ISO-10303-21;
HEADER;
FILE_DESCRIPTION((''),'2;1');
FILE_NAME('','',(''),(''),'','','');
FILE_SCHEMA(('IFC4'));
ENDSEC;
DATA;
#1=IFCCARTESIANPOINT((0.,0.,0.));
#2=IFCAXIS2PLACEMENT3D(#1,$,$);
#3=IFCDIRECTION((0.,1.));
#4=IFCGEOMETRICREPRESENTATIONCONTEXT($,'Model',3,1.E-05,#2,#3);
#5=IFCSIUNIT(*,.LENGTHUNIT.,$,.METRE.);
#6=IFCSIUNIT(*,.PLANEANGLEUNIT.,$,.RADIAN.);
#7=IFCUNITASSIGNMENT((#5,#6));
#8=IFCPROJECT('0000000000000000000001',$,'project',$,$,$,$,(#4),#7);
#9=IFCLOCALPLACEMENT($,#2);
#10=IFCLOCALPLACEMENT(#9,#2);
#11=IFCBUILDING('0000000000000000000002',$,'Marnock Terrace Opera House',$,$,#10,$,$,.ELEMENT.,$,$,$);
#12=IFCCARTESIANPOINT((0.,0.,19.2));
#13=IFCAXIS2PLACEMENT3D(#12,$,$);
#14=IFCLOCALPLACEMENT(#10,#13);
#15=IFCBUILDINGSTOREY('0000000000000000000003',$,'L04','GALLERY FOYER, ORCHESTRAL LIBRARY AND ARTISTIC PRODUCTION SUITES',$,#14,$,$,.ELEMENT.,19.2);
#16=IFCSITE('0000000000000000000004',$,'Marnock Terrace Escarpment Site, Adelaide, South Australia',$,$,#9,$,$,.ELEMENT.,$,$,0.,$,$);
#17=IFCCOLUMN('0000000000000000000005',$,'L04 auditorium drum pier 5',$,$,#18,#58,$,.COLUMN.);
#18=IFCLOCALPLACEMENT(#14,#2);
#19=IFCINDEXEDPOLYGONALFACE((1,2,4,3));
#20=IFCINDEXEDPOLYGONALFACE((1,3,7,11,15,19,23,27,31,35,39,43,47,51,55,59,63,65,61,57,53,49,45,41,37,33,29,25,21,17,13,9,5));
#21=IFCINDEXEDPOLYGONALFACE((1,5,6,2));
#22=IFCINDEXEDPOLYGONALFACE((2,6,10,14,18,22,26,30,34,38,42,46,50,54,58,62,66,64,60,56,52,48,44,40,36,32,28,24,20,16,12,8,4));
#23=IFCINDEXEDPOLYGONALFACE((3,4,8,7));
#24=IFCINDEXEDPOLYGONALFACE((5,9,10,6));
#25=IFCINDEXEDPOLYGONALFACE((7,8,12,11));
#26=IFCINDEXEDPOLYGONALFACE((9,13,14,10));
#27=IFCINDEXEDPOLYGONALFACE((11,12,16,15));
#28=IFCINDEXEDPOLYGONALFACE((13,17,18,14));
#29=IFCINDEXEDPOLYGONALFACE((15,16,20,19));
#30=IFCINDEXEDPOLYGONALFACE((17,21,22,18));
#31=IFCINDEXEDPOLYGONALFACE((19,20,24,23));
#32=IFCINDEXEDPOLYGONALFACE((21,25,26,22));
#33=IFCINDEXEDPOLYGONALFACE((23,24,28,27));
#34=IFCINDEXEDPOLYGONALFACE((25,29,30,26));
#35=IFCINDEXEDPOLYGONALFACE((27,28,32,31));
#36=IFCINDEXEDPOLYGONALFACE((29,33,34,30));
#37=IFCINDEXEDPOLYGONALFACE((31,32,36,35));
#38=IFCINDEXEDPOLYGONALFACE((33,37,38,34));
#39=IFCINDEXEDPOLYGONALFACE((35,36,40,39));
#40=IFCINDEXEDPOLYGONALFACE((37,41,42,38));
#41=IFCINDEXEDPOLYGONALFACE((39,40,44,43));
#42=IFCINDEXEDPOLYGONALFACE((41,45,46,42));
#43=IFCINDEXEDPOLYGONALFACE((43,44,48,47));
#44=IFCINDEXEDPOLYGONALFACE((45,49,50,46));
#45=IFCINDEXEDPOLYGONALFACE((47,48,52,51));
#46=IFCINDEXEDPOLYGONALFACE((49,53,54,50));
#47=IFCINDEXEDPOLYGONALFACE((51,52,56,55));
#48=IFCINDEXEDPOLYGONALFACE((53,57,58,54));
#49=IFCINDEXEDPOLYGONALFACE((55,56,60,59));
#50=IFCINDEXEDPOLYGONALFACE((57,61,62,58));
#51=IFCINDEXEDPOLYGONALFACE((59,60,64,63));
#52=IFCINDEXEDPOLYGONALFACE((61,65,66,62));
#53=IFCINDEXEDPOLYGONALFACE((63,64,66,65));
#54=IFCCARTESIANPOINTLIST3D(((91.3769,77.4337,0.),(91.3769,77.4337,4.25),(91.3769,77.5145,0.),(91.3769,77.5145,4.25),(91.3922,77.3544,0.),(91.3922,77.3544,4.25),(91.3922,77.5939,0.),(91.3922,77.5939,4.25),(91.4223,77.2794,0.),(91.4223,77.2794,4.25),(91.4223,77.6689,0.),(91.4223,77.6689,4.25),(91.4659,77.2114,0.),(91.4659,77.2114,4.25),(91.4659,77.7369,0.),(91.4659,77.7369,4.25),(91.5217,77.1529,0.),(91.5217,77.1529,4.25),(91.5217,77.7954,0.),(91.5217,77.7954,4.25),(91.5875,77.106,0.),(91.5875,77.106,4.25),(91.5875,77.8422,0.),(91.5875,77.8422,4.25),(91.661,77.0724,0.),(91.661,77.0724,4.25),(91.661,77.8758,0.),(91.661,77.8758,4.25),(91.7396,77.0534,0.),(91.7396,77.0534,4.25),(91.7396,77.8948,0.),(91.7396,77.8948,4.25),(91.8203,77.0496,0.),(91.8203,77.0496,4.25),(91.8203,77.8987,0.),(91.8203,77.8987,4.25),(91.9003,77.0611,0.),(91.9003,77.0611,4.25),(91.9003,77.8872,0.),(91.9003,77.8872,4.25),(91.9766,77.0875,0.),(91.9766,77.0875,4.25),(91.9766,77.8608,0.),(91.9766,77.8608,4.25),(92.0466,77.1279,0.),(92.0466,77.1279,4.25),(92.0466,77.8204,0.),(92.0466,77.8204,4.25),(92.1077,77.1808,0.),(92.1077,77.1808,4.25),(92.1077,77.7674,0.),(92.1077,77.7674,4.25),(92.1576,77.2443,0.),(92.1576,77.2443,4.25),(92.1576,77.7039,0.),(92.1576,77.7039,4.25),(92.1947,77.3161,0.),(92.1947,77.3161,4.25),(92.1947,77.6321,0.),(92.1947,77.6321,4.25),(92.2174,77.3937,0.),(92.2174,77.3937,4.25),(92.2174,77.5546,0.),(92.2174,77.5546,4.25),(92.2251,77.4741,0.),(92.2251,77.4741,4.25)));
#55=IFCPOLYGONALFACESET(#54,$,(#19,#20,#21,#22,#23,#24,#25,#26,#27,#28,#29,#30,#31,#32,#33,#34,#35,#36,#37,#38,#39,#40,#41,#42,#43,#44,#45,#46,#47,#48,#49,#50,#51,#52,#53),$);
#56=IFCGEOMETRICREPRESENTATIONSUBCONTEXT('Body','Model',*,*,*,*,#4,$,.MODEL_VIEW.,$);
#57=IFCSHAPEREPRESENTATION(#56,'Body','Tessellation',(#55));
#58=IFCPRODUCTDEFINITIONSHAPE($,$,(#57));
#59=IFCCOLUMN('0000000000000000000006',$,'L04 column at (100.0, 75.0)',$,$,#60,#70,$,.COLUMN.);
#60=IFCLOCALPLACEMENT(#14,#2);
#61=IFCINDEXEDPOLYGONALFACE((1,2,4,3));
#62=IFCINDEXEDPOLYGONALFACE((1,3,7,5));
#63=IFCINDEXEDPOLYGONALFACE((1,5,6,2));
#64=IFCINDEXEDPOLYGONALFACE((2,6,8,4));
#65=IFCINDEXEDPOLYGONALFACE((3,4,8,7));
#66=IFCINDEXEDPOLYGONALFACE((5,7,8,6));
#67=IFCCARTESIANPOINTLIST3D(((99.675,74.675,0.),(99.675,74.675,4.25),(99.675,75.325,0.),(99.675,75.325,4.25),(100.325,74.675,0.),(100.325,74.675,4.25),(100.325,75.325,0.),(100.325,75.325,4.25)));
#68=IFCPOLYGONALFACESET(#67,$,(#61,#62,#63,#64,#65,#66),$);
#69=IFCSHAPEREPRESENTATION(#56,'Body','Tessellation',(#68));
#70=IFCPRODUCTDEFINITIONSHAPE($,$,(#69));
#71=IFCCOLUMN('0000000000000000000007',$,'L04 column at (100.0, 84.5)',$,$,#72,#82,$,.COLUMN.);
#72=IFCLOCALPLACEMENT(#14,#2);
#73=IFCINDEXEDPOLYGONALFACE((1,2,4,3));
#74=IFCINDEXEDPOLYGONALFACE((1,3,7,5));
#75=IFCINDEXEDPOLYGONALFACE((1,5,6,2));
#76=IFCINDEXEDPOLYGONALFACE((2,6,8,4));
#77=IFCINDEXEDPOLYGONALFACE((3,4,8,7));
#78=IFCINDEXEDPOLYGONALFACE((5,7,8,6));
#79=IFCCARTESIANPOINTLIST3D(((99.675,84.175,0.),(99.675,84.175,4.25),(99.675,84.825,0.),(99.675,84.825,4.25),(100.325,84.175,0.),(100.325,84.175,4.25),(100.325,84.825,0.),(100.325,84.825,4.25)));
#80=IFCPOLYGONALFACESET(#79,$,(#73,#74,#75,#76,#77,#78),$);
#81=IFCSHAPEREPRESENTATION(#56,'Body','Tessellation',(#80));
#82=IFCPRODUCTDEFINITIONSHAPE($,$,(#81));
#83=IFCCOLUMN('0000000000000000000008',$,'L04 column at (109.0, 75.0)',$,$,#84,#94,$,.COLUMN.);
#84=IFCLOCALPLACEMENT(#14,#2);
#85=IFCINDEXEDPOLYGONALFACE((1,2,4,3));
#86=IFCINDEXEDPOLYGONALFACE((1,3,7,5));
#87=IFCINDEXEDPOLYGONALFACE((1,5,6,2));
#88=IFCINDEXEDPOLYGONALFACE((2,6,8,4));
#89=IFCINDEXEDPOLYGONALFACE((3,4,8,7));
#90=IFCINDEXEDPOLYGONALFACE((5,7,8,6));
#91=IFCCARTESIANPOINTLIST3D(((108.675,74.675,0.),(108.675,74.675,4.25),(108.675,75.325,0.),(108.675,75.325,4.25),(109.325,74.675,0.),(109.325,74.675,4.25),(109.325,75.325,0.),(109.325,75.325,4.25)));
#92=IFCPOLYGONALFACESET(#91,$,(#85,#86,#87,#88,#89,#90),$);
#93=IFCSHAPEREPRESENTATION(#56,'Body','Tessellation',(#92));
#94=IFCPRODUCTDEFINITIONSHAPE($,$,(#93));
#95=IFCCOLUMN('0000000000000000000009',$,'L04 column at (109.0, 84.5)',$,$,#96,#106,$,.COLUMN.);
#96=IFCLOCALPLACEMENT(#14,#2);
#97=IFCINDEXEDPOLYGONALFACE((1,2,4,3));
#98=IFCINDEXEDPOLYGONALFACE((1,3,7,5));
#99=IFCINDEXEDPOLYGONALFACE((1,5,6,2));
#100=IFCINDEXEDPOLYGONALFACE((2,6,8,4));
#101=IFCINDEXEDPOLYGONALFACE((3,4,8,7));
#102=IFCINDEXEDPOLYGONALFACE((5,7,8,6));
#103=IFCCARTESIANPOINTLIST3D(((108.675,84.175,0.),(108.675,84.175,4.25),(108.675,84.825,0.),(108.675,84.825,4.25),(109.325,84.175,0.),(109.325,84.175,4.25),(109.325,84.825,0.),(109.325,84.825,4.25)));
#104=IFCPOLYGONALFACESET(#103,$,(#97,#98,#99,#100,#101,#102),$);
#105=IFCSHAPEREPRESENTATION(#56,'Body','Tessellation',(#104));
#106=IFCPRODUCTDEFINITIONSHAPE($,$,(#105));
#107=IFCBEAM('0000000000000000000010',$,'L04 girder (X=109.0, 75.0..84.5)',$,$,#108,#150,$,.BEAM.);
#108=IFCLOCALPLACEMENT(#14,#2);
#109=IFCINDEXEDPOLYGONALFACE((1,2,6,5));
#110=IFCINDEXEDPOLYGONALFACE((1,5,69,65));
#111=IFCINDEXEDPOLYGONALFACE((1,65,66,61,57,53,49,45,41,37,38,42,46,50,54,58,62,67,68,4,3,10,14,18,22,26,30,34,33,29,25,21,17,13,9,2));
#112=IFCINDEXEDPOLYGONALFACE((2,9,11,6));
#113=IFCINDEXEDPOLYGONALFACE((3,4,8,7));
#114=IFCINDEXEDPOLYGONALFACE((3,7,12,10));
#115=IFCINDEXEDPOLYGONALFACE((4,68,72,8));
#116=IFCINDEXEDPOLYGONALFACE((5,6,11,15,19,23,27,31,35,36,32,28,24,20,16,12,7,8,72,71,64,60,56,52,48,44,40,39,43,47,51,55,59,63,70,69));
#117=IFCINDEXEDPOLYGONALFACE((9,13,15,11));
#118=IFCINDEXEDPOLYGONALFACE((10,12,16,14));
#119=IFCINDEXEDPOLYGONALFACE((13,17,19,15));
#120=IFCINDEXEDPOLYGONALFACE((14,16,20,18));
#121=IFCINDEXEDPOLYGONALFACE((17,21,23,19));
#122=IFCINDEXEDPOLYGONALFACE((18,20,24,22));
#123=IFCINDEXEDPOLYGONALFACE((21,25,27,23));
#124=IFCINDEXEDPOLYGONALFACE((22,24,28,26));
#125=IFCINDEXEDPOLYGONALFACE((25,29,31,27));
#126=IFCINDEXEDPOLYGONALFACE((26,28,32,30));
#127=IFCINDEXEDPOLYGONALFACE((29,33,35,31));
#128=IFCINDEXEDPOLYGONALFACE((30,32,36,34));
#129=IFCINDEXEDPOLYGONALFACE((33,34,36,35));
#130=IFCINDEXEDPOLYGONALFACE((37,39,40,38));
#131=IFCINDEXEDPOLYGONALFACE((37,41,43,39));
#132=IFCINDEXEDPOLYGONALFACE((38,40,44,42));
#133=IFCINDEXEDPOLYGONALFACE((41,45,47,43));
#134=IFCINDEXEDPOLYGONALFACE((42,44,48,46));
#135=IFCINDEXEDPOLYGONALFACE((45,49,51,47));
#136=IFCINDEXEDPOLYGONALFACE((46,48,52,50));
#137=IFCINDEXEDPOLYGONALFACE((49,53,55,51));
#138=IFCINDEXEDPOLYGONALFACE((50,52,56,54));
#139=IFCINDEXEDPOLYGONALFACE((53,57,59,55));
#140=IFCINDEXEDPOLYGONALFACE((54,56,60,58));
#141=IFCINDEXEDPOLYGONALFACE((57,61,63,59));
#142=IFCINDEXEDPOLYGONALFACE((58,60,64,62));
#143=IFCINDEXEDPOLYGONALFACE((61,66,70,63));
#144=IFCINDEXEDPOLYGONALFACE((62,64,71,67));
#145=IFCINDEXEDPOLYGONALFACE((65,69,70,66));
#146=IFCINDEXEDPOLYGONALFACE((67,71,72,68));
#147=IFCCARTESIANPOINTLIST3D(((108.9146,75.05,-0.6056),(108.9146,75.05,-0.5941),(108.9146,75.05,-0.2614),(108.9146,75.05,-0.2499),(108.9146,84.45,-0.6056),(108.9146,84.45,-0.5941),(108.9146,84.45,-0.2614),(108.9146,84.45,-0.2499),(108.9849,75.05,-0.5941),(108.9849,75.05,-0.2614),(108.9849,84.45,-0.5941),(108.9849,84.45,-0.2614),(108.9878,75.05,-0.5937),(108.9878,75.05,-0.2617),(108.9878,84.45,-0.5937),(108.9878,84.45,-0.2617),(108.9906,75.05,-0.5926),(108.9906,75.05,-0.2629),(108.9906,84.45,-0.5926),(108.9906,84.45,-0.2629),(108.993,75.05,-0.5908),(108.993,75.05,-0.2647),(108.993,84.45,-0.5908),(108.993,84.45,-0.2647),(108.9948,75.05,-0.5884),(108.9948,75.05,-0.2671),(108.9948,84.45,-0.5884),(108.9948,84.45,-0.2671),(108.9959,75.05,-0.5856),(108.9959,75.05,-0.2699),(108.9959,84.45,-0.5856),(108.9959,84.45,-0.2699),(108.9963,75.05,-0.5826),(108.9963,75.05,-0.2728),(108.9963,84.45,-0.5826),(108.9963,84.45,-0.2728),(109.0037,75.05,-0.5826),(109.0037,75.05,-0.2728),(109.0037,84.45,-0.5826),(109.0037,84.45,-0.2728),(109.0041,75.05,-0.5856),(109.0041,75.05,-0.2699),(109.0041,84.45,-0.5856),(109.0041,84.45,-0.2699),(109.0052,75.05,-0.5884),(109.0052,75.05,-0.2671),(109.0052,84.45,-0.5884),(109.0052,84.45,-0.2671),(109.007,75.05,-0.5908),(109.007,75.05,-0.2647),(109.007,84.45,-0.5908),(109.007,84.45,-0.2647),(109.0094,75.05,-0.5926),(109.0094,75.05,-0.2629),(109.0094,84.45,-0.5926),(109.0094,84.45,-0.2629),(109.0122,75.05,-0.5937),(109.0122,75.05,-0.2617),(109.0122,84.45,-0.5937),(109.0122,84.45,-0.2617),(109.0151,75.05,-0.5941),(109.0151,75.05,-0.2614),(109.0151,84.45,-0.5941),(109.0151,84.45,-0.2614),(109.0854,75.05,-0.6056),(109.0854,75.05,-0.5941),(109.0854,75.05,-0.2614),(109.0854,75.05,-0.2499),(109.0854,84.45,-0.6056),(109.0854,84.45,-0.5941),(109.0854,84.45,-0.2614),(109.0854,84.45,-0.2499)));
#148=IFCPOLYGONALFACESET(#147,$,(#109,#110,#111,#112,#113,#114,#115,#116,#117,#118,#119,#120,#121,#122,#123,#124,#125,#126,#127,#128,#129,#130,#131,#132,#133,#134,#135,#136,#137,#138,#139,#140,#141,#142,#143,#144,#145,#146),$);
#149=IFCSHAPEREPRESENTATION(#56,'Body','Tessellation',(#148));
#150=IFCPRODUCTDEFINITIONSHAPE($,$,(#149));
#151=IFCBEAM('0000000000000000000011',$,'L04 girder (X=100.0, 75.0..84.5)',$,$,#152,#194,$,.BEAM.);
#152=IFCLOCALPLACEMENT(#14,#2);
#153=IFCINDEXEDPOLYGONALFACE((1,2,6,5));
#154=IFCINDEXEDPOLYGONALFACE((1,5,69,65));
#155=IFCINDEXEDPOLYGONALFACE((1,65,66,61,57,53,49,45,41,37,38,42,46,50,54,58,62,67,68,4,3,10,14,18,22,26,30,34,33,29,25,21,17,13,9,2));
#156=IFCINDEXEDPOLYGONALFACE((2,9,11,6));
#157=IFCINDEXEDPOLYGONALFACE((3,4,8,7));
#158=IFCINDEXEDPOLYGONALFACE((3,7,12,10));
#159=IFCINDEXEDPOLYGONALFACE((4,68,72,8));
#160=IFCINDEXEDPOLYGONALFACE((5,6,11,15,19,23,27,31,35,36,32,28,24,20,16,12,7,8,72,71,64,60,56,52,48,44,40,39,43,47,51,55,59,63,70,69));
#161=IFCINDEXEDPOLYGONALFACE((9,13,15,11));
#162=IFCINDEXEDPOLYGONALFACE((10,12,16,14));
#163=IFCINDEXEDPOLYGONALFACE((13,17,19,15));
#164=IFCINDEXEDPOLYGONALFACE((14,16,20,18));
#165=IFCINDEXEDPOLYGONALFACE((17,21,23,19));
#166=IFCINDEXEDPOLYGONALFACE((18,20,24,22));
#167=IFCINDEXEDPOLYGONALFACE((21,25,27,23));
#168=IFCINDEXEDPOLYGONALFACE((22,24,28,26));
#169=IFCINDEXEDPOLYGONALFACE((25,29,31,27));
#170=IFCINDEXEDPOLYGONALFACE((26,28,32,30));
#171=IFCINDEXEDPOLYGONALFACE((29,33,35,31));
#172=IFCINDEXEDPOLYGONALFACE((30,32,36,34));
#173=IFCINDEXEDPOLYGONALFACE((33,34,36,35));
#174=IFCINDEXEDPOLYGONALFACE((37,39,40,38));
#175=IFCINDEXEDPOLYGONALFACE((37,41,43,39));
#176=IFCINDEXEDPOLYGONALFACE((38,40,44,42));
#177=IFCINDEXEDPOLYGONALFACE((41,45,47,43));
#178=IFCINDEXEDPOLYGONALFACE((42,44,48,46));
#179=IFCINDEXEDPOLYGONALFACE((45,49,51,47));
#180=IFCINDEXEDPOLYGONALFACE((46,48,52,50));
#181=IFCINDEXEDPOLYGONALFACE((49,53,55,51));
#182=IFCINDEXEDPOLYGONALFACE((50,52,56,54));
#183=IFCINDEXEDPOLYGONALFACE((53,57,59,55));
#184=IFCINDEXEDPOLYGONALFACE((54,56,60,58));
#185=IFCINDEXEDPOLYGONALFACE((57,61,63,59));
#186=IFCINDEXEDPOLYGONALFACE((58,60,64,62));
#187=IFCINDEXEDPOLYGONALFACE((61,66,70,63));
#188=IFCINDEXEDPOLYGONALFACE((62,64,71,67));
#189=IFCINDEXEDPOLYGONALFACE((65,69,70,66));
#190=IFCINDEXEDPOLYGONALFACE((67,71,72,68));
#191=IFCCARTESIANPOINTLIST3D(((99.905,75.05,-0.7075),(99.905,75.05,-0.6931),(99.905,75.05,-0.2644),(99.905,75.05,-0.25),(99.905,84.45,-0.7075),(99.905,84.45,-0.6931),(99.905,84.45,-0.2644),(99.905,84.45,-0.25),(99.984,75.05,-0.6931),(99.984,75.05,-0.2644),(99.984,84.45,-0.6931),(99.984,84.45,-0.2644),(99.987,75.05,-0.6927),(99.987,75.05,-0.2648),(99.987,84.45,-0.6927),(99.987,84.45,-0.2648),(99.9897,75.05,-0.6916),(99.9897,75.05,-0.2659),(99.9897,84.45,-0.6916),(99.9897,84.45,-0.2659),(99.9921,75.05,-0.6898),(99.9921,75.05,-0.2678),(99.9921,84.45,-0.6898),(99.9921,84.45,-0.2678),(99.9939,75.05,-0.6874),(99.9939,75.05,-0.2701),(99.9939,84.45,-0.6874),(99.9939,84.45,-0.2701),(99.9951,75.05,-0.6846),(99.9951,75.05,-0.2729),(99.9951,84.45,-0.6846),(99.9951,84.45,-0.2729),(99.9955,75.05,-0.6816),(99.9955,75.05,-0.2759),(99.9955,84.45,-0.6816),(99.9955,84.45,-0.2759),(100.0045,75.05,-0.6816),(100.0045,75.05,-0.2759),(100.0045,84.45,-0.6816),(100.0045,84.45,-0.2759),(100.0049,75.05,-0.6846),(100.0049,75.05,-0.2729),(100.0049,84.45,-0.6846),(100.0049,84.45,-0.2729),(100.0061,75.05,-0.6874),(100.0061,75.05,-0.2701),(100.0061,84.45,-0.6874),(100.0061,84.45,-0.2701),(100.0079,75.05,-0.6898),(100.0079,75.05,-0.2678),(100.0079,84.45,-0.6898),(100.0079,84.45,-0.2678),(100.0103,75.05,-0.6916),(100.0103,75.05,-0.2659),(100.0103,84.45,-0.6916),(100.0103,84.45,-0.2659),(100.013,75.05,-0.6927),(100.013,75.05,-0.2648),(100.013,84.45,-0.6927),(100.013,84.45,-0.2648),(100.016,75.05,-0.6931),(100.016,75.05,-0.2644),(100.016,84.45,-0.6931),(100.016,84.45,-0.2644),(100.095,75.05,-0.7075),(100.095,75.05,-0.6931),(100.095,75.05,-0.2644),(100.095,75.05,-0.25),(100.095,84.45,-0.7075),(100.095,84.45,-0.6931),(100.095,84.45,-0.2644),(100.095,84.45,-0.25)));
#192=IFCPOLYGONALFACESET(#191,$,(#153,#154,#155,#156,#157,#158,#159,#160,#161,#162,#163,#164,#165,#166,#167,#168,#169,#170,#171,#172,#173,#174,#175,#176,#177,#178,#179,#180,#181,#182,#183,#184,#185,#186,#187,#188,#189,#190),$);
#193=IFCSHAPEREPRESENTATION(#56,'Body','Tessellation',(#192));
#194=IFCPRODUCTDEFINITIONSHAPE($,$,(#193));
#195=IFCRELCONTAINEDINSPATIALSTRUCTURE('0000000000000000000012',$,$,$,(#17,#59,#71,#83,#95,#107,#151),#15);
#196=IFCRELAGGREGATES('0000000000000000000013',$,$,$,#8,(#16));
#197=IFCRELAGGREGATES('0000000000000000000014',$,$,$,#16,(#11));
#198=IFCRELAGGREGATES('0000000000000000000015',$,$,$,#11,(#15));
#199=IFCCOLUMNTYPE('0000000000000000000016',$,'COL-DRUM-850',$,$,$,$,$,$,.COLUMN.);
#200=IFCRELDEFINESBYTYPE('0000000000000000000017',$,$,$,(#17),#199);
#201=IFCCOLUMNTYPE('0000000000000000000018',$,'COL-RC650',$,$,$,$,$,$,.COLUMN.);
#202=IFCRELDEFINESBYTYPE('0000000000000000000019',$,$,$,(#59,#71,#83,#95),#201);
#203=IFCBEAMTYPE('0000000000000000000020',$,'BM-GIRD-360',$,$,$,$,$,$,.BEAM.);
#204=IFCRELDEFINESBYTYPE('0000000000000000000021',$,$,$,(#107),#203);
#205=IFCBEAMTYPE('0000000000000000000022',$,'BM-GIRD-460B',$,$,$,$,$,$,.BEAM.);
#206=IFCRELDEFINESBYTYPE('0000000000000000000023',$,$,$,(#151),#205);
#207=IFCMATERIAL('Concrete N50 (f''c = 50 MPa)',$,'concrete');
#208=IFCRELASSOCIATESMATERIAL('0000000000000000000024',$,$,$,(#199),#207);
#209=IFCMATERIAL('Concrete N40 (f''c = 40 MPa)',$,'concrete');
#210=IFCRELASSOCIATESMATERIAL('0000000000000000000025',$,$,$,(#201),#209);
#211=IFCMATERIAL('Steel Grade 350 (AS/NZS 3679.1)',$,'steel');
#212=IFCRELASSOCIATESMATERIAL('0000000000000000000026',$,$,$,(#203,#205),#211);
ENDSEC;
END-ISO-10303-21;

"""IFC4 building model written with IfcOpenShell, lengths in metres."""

from ifc_helpers import new_model, si_unit, direction, frame, origin, origin_2d, place, context, subcontext, project, spatial, rectangle, circle, i_section, extrude, material, material_profile, profile_set, type_object, element, save


model = new_model("IFC4")

# Units and contexts
model_context = context("Model", 3, precision=1e-05, world=origin(), true_north=direction((0.0, 1.0)))
body_context = subcontext(model_context, "Body", "Model", "MODEL_VIEW")
ifc_project = project(units=[si_unit("LENGTHUNIT", "METRE"), si_unit("PLANEANGLEUNIT", "RADIAN")], contexts=[model_context])

# Site, building, storey
site_placement = place(None, origin())
site = spatial("IfcSite", under=ifc_project, at=site_placement, Name="Marnock Terrace Escarpment Site, Adelaide, South Australia", CompositionType="ELEMENT", RefElevation=0.0)
building_placement = place(site_placement, origin())
building = spatial("IfcBuilding", under=site, at=building_placement, Name="Marnock Terrace Opera House", CompositionType="ELEMENT")
storey_placement = place(building_placement, frame((0.0, 0.0, 19.2)))
storey = spatial("IfcBuildingStorey", under=building, at=storey_placement, Name="L04", Description="GALLERY FOYER, ORCHESTRAL LIBRARY AND ARTISTIC PRODUCTION SUITES", CompositionType="ELEMENT", Elevation=19.2)

# Columns
ifc_material_1 = material(Name="Concrete N50 (f'c = 50 MPa)", Category="concrete")
ifc_material_profile_1 = material_profile(ifc_material_1, circle(Radius=0.425, at=origin_2d()))
ifc_profile_set_1 = profile_set([ifc_material_profile_1], Name="Concrete N50 (f'c = 50 MPa)")
column_type_1 = type_object("IfcColumnType", Name="COL-DRUM-850", PredefinedType="COLUMN", material=ifc_profile_set_1)
column_placement = place(storey_placement, frame((91.8, 77.4741, 0.0), z_axis=(0.0, 0.0, 1.0), x_axis=(1.0, 0.0, 0.0)))
element("IfcColumn", 1, at=column_placement, inside=storey, type_object=column_type_1, Name="L04 auditorium drum pier 5", PredefinedType="COLUMN", context=body_context, shape_type="SweptSolid", body=[
    extrude(circle(Radius=0.425, at=origin_2d()), origin(), (0.0, 0.0, 1.0), 4.25),
])
ifc_material_2 = material(Name="Concrete N40 (f'c = 40 MPa)", Category="concrete")
ifc_material_profile_2 = material_profile(ifc_material_2, rectangle(XDim=0.6499, YDim=0.6499, at=origin_2d()))
ifc_profile_set_2 = profile_set([ifc_material_profile_2], Name="Concrete N40 (f'c = 40 MPa)")
column_type_2 = type_object("IfcColumnType", Name="COL-RC650", PredefinedType="COLUMN", material=ifc_profile_set_2)
for number, where, z_axis, x_axis, name in (
    (2, (100.0, 75.0, 0.0), (0.0, 0.0, 1.0), (1.0, 0.0, 0.0), "L04 column at (100.0, 75.0)"),
    (3, (100.0, 84.5, 0.0), (0.0, 0.0, 1.0), (1.0, 0.0, 0.0), "L04 column at (100.0, 84.5)"),
    (4, (109.0, 75.0, 0.0), (0.0, 0.0, 1.0), (1.0, 0.0, 0.0), "L04 column at (109.0, 75.0)"),
    (5, (109.0, 84.5, 0.0), (0.0, 0.0, 1.0), (1.0, 0.0, 0.0), "L04 column at (109.0, 84.5)"),
):
    element("IfcColumn", number, at=place(storey_placement, frame(where, z_axis=z_axis, x_axis=x_axis)), inside=storey, type_object=column_type_2, Name=name, PredefinedType="COLUMN", context=body_context, shape_type="SweptSolid", body=[
        extrude(rectangle(XDim=0.6499, YDim=0.6499, at=origin_2d()), origin(), (0.0, 0.0, 1.0), 4.25),
    ])

# Beams
ifc_material_3 = material(Name="Steel Grade 350 (AS/NZS 3679.1)", Category="steel")
ifc_material_profile_3 = material_profile(ifc_material_3, i_section(OverallWidth=0.1709, OverallDepth=0.3557, WebThickness=0.0073, FlangeThickness=0.0115, FilletRadius=0.0115, at=origin_2d()))
ifc_profile_set_3 = profile_set([ifc_material_profile_3], Name="Steel Grade 350 (AS/NZS 3679.1)")
beam_type_1 = type_object("IfcBeamType", Name="BM-GIRD-360", PredefinedType="BEAM", material=ifc_profile_set_3)
beam_1_placement = place(storey_placement, frame((109.0, 75.05, -0.4277), z_axis=(0.0, 1.0, 0.0), x_axis=(-1.0, 0.0, 0.0)))
element("IfcBeam", 6, at=beam_1_placement, inside=storey, type_object=beam_type_1, Name="L04 girder (X=109.0, 75.0..84.5)", PredefinedType="BEAM", context=body_context, shape_type="SweptSolid", body=[
    extrude(i_section(OverallWidth=0.1709, OverallDepth=0.3557, WebThickness=0.0073, FlangeThickness=0.0115, FilletRadius=0.0115, at=origin_2d()), origin(), (0.0, 0.0, 1.0), 9.3999),
])
ifc_material_profile_4 = material_profile(ifc_material_3, i_section(OverallWidth=0.1899, OverallDepth=0.4575, WebThickness=0.009, FlangeThickness=0.0144, FilletRadius=0.0115, at=origin_2d()))
ifc_profile_set_4 = profile_set([ifc_material_profile_4], Name="Steel Grade 350 (AS/NZS 3679.1)")
beam_type_2 = type_object("IfcBeamType", Name="BM-GIRD-460B", PredefinedType="BEAM", material=ifc_profile_set_4)
beam_2_placement = place(storey_placement, frame((100.0, 75.05, -0.4788), z_axis=(0.0, 1.0, 0.0), x_axis=(-1.0, 0.0, 0.0)))
element("IfcBeam", 7, at=beam_2_placement, inside=storey, type_object=beam_type_2, Name="L04 girder (X=100.0, 75.0..84.5)", PredefinedType="BEAM", context=body_context, shape_type="SweptSolid", body=[
    extrude(i_section(OverallWidth=0.1899, OverallDepth=0.4575, WebThickness=0.009, FlangeThickness=0.0144, FilletRadius=0.0115, at=origin_2d()), origin(), (0.0, 0.0, 1.0), 9.3999),
])

save(model, "model.ifc")
